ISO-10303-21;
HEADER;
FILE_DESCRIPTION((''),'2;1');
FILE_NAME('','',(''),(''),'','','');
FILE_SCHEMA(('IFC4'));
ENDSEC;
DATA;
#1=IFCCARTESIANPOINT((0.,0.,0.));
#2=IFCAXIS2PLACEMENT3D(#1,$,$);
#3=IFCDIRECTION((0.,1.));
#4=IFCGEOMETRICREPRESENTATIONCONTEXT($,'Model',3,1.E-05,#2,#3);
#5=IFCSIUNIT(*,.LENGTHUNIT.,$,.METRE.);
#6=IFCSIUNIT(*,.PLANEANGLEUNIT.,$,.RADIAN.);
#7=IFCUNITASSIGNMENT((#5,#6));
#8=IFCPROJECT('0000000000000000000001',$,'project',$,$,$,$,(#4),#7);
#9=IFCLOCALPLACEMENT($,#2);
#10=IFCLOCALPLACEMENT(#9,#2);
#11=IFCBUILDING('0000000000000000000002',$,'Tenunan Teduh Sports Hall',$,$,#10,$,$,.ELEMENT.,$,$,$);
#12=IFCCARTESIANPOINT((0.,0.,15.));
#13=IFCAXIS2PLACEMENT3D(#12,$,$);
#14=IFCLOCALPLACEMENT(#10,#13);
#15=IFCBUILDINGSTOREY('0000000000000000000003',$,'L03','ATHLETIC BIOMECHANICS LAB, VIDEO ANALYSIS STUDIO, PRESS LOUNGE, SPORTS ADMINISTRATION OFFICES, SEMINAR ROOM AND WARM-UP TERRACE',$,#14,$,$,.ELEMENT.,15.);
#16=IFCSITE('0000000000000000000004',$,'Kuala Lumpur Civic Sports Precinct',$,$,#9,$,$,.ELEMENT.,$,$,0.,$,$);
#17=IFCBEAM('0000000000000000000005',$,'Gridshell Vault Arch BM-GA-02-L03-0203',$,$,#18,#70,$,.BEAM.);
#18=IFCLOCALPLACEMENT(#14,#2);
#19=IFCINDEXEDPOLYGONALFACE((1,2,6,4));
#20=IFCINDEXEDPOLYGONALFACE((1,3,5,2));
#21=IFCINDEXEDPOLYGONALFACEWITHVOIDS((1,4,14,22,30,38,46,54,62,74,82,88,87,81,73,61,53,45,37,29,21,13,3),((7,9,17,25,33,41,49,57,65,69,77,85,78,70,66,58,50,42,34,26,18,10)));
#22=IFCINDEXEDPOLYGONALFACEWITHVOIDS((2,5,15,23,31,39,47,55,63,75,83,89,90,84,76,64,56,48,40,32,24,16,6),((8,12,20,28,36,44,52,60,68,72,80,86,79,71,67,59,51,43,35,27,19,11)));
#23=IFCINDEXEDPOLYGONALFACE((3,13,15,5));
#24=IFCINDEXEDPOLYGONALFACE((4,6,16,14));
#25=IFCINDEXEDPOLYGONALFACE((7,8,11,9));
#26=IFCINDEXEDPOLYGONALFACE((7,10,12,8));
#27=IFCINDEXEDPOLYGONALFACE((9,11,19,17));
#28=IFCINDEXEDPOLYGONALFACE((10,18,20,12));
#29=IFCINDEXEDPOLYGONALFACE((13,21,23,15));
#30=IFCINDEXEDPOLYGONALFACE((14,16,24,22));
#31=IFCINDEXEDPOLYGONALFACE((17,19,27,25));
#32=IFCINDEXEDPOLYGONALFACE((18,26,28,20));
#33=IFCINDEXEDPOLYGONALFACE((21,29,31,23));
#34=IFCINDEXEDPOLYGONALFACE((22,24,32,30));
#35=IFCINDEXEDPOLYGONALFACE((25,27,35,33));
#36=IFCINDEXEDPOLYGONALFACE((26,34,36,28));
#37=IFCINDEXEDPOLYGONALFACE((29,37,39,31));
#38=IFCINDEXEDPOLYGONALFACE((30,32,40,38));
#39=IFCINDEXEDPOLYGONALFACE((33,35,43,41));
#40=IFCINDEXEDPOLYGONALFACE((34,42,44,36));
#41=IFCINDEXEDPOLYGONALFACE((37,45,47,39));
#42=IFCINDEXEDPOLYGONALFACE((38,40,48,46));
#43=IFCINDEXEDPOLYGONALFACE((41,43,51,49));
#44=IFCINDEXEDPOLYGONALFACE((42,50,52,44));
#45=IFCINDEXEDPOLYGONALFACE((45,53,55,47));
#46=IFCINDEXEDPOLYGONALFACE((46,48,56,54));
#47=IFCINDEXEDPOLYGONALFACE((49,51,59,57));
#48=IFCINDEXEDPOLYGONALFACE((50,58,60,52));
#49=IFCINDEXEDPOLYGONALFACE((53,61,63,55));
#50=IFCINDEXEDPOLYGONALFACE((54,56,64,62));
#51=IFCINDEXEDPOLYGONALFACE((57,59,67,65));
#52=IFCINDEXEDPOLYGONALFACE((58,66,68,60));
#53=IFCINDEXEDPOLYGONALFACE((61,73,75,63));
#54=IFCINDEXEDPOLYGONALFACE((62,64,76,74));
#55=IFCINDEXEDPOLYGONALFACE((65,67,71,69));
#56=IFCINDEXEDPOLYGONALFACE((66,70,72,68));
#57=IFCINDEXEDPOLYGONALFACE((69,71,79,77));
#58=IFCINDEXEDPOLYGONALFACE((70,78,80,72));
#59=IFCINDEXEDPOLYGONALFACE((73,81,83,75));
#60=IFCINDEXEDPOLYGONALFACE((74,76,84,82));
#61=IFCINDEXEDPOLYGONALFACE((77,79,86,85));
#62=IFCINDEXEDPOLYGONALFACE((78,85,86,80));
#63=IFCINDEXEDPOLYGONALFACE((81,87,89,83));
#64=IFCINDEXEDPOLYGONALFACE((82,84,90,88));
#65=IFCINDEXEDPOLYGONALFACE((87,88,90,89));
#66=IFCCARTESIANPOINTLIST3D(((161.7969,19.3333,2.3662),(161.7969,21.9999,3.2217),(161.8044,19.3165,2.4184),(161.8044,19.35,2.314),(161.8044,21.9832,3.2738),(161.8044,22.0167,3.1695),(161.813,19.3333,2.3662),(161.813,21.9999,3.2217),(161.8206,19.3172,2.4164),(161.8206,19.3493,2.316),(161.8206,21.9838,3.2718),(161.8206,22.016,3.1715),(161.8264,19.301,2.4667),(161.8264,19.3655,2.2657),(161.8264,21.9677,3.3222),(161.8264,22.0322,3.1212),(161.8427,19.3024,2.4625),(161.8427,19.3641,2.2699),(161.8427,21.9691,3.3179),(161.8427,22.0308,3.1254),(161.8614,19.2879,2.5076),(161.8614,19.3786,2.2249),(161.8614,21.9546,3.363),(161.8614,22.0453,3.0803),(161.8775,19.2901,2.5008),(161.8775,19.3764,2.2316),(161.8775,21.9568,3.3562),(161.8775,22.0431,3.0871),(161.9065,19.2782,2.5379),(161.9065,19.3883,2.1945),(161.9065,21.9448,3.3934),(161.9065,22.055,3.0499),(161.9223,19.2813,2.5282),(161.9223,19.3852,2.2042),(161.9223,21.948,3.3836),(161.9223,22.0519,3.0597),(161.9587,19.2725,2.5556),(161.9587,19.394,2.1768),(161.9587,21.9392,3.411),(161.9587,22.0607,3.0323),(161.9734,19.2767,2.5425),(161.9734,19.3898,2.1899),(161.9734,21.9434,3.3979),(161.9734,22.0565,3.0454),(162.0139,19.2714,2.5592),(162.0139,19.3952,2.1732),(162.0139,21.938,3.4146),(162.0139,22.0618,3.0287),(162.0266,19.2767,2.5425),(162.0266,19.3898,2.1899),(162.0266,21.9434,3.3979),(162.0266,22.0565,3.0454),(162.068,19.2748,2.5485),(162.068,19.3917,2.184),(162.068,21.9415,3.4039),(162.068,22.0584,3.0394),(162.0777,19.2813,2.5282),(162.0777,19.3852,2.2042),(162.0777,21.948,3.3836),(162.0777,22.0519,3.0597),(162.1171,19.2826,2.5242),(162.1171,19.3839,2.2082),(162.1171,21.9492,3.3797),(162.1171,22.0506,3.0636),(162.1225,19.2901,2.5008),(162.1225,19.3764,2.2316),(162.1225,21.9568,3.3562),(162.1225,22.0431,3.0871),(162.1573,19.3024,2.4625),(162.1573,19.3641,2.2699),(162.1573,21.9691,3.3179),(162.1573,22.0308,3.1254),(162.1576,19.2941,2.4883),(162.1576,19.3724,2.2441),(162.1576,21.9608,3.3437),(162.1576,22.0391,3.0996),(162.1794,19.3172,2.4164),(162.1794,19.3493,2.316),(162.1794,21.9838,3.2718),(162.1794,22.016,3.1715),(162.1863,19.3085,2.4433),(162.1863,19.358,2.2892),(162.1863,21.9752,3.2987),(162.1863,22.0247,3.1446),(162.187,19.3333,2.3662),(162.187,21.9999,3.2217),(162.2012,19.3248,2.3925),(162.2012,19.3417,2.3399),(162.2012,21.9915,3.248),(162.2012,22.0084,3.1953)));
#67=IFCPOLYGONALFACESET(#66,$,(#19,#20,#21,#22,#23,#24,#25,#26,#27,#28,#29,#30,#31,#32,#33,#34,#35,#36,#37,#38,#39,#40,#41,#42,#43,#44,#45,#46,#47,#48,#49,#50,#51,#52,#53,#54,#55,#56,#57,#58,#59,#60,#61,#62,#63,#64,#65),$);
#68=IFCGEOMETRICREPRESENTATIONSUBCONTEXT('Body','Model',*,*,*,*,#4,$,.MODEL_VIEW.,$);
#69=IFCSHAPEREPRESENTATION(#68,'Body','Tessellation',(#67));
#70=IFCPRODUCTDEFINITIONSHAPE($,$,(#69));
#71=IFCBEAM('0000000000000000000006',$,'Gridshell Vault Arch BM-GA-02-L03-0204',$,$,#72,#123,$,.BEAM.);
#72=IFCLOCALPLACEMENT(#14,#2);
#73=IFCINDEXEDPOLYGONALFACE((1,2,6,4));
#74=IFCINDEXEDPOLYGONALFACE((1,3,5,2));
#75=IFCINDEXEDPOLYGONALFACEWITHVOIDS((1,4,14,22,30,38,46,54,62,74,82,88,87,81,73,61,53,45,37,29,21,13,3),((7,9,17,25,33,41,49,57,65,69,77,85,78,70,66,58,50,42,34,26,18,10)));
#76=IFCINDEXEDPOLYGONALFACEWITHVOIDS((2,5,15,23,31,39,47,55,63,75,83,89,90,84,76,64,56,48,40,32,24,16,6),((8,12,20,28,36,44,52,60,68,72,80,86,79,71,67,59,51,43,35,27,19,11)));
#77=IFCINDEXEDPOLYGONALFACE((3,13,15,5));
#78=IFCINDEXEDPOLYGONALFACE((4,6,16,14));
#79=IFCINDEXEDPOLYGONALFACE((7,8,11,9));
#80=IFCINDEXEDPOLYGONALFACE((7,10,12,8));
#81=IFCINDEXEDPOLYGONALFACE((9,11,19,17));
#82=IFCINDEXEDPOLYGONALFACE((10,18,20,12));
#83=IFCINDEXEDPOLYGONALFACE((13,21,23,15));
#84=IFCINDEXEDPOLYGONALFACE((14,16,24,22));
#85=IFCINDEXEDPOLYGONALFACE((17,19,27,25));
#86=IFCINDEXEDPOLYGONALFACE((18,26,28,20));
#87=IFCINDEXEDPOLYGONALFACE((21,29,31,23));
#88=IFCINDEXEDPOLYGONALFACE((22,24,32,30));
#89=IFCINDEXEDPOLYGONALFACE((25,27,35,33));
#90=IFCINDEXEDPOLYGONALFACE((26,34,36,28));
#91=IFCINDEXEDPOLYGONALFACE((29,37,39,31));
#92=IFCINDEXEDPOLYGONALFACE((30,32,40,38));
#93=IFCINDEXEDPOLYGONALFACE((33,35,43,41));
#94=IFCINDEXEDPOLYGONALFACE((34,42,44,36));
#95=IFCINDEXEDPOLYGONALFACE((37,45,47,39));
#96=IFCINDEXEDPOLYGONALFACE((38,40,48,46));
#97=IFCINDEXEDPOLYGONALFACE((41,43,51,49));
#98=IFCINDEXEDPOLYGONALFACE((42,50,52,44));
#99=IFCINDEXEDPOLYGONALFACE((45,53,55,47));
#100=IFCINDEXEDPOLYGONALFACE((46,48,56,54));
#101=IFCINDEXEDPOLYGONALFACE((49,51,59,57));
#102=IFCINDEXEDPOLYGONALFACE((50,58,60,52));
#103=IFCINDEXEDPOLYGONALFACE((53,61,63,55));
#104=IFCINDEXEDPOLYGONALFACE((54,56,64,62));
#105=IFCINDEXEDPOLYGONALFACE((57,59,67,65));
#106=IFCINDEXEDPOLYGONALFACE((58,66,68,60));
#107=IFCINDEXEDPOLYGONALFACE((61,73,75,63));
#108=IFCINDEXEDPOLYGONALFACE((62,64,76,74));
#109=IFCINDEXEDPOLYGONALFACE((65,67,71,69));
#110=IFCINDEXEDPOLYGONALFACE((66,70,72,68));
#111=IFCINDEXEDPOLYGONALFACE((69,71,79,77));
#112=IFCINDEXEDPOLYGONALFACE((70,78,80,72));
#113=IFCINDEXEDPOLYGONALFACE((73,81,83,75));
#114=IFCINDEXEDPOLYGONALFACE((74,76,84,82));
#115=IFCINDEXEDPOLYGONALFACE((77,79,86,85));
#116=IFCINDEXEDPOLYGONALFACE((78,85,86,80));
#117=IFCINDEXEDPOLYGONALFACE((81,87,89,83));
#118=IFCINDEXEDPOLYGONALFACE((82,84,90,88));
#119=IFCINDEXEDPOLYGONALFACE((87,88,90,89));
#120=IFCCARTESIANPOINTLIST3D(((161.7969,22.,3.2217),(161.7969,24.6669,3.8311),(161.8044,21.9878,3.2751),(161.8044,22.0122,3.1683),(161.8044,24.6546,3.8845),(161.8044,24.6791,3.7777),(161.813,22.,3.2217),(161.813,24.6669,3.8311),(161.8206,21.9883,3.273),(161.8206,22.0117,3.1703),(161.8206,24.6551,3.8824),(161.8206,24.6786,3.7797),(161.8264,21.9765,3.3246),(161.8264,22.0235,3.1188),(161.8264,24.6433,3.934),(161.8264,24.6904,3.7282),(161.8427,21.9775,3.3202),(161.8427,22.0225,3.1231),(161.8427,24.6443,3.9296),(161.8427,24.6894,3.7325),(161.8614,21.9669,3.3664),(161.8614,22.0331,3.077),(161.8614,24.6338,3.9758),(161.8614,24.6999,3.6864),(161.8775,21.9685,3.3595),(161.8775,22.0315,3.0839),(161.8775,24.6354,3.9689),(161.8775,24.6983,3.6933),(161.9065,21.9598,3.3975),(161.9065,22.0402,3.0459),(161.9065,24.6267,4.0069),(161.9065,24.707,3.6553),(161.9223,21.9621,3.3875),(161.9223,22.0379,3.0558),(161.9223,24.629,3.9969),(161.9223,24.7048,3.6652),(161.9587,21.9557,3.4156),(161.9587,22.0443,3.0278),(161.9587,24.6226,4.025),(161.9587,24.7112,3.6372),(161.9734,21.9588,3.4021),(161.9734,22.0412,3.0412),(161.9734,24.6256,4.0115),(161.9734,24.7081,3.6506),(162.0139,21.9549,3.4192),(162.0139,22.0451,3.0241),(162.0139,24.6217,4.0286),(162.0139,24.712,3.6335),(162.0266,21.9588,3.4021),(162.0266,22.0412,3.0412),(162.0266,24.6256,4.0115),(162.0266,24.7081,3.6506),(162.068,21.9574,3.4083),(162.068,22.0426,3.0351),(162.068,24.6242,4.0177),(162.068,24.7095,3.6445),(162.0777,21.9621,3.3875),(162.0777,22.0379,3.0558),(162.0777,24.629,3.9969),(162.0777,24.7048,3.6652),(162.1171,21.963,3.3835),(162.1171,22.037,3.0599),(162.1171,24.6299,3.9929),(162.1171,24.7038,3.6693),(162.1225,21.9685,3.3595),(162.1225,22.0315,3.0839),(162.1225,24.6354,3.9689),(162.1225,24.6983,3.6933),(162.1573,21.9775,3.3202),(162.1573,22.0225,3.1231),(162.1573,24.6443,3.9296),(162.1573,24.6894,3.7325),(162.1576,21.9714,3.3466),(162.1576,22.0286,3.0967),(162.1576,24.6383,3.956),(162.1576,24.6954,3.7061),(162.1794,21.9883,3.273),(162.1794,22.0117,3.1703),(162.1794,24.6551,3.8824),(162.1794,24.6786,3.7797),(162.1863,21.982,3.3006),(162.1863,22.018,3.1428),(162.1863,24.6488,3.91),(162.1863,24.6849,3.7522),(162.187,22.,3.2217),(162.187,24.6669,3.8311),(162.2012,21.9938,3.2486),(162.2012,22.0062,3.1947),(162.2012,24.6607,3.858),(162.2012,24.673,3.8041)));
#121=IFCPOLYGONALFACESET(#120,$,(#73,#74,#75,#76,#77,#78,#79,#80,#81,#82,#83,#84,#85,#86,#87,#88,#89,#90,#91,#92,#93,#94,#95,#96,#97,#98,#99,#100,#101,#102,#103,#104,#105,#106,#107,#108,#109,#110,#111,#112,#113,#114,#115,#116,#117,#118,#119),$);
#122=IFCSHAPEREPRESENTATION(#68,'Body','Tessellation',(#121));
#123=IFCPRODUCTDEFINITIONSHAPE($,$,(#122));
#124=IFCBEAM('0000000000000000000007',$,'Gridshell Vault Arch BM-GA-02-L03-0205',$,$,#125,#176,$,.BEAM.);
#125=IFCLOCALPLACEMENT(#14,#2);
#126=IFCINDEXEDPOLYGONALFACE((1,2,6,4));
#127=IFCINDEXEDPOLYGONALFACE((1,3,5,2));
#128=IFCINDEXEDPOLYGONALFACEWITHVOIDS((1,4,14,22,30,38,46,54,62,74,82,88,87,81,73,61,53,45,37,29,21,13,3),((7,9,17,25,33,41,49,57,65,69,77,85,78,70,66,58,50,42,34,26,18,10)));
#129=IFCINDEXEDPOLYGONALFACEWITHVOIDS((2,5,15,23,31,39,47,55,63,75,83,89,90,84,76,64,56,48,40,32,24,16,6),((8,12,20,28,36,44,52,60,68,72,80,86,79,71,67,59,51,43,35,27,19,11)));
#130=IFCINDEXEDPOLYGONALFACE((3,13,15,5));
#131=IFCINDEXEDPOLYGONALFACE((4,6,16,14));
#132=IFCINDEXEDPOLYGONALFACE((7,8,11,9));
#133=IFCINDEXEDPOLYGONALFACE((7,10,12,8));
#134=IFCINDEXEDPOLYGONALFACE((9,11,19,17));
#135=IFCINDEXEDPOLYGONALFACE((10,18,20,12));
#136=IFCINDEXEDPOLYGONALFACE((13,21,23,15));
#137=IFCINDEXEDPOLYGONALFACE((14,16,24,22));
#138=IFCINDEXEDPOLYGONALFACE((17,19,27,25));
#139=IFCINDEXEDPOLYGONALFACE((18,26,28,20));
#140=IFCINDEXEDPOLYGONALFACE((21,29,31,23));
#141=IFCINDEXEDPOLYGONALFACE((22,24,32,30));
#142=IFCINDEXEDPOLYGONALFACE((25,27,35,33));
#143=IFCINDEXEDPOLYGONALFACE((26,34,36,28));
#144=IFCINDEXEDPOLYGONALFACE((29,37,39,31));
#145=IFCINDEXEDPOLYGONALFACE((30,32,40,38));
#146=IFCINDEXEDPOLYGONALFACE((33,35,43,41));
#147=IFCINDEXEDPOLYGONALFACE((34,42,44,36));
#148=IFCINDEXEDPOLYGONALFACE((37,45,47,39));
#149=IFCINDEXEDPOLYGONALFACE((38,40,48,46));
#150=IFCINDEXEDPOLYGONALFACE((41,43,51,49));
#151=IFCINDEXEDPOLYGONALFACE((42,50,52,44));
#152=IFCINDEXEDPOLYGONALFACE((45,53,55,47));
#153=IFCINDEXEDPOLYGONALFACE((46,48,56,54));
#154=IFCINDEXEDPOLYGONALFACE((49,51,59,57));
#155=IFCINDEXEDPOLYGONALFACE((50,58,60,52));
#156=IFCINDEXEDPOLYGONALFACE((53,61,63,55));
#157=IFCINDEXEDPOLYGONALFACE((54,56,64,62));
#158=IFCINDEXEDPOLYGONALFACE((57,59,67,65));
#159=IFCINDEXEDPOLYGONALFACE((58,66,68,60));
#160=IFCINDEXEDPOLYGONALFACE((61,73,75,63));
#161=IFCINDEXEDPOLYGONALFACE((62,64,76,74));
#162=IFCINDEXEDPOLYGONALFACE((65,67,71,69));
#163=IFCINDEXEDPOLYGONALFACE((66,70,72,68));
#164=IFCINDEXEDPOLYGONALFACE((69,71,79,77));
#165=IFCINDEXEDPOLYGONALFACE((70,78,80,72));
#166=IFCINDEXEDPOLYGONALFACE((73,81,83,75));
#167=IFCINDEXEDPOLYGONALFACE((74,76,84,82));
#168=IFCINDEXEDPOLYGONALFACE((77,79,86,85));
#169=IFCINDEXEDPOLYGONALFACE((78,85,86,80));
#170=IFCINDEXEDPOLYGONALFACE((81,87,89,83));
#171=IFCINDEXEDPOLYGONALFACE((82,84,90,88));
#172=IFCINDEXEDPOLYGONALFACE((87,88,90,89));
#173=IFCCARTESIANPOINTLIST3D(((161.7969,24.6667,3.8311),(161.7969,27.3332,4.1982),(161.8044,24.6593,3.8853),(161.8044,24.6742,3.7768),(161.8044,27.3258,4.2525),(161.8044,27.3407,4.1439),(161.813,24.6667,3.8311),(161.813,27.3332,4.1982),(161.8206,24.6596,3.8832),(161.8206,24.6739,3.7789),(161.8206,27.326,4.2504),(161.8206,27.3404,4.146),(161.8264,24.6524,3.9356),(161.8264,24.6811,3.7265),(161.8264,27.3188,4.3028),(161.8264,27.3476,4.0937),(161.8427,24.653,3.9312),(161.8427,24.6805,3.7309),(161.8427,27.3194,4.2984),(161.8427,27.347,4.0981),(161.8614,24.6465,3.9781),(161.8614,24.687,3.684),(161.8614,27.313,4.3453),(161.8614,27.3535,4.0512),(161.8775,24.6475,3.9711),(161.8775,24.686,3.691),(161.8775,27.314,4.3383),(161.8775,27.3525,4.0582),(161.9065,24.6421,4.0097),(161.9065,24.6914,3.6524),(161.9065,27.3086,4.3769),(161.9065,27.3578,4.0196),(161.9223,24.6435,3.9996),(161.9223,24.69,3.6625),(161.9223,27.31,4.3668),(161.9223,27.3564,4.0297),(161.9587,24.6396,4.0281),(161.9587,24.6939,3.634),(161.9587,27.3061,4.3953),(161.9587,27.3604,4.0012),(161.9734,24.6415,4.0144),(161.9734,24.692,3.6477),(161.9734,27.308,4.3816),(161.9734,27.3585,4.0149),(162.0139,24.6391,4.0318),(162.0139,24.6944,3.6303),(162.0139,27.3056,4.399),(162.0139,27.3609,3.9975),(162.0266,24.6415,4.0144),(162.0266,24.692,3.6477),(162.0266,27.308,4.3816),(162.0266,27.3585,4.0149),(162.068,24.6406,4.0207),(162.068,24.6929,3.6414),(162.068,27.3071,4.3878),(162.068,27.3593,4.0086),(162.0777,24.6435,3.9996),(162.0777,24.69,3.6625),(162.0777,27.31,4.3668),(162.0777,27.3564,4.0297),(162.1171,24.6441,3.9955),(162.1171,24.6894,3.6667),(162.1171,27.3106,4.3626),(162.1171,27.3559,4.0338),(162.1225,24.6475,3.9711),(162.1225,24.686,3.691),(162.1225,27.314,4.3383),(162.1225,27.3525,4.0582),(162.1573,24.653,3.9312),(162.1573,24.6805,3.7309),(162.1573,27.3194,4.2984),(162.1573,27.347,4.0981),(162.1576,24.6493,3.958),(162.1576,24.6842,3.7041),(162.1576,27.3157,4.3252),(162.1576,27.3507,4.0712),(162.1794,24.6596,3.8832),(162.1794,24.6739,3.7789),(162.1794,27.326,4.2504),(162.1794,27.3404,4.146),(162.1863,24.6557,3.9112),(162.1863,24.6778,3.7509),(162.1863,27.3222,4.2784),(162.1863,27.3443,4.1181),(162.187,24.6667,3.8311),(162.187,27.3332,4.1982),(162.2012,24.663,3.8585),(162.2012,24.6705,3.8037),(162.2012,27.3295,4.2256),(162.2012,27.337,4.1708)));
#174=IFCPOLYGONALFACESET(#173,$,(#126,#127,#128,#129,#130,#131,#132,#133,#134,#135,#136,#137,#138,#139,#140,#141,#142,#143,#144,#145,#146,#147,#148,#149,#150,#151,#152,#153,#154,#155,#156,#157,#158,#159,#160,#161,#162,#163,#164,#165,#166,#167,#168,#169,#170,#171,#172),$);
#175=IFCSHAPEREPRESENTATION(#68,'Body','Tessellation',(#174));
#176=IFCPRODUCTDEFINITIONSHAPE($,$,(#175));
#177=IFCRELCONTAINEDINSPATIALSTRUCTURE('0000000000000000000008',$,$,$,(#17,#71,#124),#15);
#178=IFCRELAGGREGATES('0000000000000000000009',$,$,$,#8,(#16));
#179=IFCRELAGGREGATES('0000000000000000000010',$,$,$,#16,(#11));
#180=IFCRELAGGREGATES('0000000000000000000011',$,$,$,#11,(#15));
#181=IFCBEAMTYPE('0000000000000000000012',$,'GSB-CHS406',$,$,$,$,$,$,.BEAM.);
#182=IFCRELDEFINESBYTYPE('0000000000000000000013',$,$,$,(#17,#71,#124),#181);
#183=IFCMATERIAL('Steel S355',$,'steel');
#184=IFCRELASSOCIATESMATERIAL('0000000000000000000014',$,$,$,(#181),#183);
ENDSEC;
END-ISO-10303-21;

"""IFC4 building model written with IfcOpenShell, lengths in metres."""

from ifc_helpers import new_model, si_unit, direction, frame, origin, origin_2d, place, context, subcontext, project, spatial, hollow_circle, extrude, material, material_profile, profile_set, type_object, element, save


model = new_model("IFC4")

# Units and contexts
model_context = context("Model", 3, precision=1e-05, world=origin(), true_north=direction((0.0, 1.0)))
body_context = subcontext(model_context, "Body", "Model", "MODEL_VIEW")
ifc_project = project(units=[si_unit("LENGTHUNIT", "METRE"), si_unit("PLANEANGLEUNIT", "RADIAN")], contexts=[model_context])

# Site, building, storey
site_placement = place(None, origin())
site = spatial("IfcSite", under=ifc_project, at=site_placement, Name="Kuala Lumpur Civic Sports Precinct", CompositionType="ELEMENT", RefElevation=0.0)
building_placement = place(site_placement, origin())
building = spatial("IfcBuilding", under=site, at=building_placement, Name="Tenunan Teduh Sports Hall", CompositionType="ELEMENT")
storey_placement = place(building_placement, frame((0.0, 0.0, 15.0)))
storey = spatial("IfcBuildingStorey", under=building, at=storey_placement, Name="L03", Description="ATHLETIC BIOMECHANICS LAB, VIDEO ANALYSIS STUDIO, PRESS LOUNGE, SPORTS ADMINISTRATION OFFICES, SEMINAR ROOM AND WARM-UP TERRACE", CompositionType="ELEMENT", Elevation=15.0)

# Beams
ifc_material_1 = material(Name="Steel S355", Category="steel")
ifc_material_profile_1 = material_profile(ifc_material_1, hollow_circle(Radius=0.2031, WallThickness=0.0161, at=origin_2d()), Name="CHS 406.4x16.0")
ifc_profile_set_1 = profile_set([ifc_material_profile_1], Name="Steel S355")
beam_type_1 = type_object("IfcBeamType", Name="GSB-CHS406", PredefinedType="BEAM", material=ifc_profile_set_1)
beam_1_placement = place(storey_placement, frame((162.0, 19.3333, 2.3662), z_axis=(0.0, 0.952205, 0.305459), x_axis=(-1.0, 0.0, 0.0)))
element("IfcBeam", 1, at=beam_1_placement, inside=storey, type_object=beam_type_1, Name="Gridshell Vault Arch BM-GA-02-L03-0203", PredefinedType="BEAM", context=body_context, shape_type="SweptSolid", body=[
    extrude(hollow_circle(Radius=0.2031, WallThickness=0.0161, at=origin_2d()), origin(), (0.0, 0.0, 1.0), 2.8005),
])
beam_2_placement = place(storey_placement, frame((162.0, 22.0, 3.2217), z_axis=(0.0, 0.974872, 0.222767), x_axis=(-1.0, 0.0, 0.0)))
element("IfcBeam", 2, at=beam_2_placement, inside=storey, type_object=beam_type_1, Name="Gridshell Vault Arch BM-GA-02-L03-0204", PredefinedType="BEAM", context=body_context, shape_type="SweptSolid", body=[
    extrude(hollow_circle(Radius=0.2031, WallThickness=0.0161, at=origin_2d()), origin(), (0.0, 0.0, 1.0), 2.7356),
])
beam_3_placement = place(storey_placement, frame((162.0, 24.6667, 3.8311), z_axis=(0.0, 0.990652, 0.136416), x_axis=(-1.0, 0.0, 0.0)))
element("IfcBeam", 3, at=beam_3_placement, inside=storey, type_object=beam_type_1, Name="Gridshell Vault Arch BM-GA-02-L03-0205", PredefinedType="BEAM", context=body_context, shape_type="SweptSolid", body=[
    extrude(hollow_circle(Radius=0.2031, WallThickness=0.0161, at=origin_2d()), origin(), (0.0, 0.0, 1.0), 2.6917),
])

save(model, "model.ifc")
